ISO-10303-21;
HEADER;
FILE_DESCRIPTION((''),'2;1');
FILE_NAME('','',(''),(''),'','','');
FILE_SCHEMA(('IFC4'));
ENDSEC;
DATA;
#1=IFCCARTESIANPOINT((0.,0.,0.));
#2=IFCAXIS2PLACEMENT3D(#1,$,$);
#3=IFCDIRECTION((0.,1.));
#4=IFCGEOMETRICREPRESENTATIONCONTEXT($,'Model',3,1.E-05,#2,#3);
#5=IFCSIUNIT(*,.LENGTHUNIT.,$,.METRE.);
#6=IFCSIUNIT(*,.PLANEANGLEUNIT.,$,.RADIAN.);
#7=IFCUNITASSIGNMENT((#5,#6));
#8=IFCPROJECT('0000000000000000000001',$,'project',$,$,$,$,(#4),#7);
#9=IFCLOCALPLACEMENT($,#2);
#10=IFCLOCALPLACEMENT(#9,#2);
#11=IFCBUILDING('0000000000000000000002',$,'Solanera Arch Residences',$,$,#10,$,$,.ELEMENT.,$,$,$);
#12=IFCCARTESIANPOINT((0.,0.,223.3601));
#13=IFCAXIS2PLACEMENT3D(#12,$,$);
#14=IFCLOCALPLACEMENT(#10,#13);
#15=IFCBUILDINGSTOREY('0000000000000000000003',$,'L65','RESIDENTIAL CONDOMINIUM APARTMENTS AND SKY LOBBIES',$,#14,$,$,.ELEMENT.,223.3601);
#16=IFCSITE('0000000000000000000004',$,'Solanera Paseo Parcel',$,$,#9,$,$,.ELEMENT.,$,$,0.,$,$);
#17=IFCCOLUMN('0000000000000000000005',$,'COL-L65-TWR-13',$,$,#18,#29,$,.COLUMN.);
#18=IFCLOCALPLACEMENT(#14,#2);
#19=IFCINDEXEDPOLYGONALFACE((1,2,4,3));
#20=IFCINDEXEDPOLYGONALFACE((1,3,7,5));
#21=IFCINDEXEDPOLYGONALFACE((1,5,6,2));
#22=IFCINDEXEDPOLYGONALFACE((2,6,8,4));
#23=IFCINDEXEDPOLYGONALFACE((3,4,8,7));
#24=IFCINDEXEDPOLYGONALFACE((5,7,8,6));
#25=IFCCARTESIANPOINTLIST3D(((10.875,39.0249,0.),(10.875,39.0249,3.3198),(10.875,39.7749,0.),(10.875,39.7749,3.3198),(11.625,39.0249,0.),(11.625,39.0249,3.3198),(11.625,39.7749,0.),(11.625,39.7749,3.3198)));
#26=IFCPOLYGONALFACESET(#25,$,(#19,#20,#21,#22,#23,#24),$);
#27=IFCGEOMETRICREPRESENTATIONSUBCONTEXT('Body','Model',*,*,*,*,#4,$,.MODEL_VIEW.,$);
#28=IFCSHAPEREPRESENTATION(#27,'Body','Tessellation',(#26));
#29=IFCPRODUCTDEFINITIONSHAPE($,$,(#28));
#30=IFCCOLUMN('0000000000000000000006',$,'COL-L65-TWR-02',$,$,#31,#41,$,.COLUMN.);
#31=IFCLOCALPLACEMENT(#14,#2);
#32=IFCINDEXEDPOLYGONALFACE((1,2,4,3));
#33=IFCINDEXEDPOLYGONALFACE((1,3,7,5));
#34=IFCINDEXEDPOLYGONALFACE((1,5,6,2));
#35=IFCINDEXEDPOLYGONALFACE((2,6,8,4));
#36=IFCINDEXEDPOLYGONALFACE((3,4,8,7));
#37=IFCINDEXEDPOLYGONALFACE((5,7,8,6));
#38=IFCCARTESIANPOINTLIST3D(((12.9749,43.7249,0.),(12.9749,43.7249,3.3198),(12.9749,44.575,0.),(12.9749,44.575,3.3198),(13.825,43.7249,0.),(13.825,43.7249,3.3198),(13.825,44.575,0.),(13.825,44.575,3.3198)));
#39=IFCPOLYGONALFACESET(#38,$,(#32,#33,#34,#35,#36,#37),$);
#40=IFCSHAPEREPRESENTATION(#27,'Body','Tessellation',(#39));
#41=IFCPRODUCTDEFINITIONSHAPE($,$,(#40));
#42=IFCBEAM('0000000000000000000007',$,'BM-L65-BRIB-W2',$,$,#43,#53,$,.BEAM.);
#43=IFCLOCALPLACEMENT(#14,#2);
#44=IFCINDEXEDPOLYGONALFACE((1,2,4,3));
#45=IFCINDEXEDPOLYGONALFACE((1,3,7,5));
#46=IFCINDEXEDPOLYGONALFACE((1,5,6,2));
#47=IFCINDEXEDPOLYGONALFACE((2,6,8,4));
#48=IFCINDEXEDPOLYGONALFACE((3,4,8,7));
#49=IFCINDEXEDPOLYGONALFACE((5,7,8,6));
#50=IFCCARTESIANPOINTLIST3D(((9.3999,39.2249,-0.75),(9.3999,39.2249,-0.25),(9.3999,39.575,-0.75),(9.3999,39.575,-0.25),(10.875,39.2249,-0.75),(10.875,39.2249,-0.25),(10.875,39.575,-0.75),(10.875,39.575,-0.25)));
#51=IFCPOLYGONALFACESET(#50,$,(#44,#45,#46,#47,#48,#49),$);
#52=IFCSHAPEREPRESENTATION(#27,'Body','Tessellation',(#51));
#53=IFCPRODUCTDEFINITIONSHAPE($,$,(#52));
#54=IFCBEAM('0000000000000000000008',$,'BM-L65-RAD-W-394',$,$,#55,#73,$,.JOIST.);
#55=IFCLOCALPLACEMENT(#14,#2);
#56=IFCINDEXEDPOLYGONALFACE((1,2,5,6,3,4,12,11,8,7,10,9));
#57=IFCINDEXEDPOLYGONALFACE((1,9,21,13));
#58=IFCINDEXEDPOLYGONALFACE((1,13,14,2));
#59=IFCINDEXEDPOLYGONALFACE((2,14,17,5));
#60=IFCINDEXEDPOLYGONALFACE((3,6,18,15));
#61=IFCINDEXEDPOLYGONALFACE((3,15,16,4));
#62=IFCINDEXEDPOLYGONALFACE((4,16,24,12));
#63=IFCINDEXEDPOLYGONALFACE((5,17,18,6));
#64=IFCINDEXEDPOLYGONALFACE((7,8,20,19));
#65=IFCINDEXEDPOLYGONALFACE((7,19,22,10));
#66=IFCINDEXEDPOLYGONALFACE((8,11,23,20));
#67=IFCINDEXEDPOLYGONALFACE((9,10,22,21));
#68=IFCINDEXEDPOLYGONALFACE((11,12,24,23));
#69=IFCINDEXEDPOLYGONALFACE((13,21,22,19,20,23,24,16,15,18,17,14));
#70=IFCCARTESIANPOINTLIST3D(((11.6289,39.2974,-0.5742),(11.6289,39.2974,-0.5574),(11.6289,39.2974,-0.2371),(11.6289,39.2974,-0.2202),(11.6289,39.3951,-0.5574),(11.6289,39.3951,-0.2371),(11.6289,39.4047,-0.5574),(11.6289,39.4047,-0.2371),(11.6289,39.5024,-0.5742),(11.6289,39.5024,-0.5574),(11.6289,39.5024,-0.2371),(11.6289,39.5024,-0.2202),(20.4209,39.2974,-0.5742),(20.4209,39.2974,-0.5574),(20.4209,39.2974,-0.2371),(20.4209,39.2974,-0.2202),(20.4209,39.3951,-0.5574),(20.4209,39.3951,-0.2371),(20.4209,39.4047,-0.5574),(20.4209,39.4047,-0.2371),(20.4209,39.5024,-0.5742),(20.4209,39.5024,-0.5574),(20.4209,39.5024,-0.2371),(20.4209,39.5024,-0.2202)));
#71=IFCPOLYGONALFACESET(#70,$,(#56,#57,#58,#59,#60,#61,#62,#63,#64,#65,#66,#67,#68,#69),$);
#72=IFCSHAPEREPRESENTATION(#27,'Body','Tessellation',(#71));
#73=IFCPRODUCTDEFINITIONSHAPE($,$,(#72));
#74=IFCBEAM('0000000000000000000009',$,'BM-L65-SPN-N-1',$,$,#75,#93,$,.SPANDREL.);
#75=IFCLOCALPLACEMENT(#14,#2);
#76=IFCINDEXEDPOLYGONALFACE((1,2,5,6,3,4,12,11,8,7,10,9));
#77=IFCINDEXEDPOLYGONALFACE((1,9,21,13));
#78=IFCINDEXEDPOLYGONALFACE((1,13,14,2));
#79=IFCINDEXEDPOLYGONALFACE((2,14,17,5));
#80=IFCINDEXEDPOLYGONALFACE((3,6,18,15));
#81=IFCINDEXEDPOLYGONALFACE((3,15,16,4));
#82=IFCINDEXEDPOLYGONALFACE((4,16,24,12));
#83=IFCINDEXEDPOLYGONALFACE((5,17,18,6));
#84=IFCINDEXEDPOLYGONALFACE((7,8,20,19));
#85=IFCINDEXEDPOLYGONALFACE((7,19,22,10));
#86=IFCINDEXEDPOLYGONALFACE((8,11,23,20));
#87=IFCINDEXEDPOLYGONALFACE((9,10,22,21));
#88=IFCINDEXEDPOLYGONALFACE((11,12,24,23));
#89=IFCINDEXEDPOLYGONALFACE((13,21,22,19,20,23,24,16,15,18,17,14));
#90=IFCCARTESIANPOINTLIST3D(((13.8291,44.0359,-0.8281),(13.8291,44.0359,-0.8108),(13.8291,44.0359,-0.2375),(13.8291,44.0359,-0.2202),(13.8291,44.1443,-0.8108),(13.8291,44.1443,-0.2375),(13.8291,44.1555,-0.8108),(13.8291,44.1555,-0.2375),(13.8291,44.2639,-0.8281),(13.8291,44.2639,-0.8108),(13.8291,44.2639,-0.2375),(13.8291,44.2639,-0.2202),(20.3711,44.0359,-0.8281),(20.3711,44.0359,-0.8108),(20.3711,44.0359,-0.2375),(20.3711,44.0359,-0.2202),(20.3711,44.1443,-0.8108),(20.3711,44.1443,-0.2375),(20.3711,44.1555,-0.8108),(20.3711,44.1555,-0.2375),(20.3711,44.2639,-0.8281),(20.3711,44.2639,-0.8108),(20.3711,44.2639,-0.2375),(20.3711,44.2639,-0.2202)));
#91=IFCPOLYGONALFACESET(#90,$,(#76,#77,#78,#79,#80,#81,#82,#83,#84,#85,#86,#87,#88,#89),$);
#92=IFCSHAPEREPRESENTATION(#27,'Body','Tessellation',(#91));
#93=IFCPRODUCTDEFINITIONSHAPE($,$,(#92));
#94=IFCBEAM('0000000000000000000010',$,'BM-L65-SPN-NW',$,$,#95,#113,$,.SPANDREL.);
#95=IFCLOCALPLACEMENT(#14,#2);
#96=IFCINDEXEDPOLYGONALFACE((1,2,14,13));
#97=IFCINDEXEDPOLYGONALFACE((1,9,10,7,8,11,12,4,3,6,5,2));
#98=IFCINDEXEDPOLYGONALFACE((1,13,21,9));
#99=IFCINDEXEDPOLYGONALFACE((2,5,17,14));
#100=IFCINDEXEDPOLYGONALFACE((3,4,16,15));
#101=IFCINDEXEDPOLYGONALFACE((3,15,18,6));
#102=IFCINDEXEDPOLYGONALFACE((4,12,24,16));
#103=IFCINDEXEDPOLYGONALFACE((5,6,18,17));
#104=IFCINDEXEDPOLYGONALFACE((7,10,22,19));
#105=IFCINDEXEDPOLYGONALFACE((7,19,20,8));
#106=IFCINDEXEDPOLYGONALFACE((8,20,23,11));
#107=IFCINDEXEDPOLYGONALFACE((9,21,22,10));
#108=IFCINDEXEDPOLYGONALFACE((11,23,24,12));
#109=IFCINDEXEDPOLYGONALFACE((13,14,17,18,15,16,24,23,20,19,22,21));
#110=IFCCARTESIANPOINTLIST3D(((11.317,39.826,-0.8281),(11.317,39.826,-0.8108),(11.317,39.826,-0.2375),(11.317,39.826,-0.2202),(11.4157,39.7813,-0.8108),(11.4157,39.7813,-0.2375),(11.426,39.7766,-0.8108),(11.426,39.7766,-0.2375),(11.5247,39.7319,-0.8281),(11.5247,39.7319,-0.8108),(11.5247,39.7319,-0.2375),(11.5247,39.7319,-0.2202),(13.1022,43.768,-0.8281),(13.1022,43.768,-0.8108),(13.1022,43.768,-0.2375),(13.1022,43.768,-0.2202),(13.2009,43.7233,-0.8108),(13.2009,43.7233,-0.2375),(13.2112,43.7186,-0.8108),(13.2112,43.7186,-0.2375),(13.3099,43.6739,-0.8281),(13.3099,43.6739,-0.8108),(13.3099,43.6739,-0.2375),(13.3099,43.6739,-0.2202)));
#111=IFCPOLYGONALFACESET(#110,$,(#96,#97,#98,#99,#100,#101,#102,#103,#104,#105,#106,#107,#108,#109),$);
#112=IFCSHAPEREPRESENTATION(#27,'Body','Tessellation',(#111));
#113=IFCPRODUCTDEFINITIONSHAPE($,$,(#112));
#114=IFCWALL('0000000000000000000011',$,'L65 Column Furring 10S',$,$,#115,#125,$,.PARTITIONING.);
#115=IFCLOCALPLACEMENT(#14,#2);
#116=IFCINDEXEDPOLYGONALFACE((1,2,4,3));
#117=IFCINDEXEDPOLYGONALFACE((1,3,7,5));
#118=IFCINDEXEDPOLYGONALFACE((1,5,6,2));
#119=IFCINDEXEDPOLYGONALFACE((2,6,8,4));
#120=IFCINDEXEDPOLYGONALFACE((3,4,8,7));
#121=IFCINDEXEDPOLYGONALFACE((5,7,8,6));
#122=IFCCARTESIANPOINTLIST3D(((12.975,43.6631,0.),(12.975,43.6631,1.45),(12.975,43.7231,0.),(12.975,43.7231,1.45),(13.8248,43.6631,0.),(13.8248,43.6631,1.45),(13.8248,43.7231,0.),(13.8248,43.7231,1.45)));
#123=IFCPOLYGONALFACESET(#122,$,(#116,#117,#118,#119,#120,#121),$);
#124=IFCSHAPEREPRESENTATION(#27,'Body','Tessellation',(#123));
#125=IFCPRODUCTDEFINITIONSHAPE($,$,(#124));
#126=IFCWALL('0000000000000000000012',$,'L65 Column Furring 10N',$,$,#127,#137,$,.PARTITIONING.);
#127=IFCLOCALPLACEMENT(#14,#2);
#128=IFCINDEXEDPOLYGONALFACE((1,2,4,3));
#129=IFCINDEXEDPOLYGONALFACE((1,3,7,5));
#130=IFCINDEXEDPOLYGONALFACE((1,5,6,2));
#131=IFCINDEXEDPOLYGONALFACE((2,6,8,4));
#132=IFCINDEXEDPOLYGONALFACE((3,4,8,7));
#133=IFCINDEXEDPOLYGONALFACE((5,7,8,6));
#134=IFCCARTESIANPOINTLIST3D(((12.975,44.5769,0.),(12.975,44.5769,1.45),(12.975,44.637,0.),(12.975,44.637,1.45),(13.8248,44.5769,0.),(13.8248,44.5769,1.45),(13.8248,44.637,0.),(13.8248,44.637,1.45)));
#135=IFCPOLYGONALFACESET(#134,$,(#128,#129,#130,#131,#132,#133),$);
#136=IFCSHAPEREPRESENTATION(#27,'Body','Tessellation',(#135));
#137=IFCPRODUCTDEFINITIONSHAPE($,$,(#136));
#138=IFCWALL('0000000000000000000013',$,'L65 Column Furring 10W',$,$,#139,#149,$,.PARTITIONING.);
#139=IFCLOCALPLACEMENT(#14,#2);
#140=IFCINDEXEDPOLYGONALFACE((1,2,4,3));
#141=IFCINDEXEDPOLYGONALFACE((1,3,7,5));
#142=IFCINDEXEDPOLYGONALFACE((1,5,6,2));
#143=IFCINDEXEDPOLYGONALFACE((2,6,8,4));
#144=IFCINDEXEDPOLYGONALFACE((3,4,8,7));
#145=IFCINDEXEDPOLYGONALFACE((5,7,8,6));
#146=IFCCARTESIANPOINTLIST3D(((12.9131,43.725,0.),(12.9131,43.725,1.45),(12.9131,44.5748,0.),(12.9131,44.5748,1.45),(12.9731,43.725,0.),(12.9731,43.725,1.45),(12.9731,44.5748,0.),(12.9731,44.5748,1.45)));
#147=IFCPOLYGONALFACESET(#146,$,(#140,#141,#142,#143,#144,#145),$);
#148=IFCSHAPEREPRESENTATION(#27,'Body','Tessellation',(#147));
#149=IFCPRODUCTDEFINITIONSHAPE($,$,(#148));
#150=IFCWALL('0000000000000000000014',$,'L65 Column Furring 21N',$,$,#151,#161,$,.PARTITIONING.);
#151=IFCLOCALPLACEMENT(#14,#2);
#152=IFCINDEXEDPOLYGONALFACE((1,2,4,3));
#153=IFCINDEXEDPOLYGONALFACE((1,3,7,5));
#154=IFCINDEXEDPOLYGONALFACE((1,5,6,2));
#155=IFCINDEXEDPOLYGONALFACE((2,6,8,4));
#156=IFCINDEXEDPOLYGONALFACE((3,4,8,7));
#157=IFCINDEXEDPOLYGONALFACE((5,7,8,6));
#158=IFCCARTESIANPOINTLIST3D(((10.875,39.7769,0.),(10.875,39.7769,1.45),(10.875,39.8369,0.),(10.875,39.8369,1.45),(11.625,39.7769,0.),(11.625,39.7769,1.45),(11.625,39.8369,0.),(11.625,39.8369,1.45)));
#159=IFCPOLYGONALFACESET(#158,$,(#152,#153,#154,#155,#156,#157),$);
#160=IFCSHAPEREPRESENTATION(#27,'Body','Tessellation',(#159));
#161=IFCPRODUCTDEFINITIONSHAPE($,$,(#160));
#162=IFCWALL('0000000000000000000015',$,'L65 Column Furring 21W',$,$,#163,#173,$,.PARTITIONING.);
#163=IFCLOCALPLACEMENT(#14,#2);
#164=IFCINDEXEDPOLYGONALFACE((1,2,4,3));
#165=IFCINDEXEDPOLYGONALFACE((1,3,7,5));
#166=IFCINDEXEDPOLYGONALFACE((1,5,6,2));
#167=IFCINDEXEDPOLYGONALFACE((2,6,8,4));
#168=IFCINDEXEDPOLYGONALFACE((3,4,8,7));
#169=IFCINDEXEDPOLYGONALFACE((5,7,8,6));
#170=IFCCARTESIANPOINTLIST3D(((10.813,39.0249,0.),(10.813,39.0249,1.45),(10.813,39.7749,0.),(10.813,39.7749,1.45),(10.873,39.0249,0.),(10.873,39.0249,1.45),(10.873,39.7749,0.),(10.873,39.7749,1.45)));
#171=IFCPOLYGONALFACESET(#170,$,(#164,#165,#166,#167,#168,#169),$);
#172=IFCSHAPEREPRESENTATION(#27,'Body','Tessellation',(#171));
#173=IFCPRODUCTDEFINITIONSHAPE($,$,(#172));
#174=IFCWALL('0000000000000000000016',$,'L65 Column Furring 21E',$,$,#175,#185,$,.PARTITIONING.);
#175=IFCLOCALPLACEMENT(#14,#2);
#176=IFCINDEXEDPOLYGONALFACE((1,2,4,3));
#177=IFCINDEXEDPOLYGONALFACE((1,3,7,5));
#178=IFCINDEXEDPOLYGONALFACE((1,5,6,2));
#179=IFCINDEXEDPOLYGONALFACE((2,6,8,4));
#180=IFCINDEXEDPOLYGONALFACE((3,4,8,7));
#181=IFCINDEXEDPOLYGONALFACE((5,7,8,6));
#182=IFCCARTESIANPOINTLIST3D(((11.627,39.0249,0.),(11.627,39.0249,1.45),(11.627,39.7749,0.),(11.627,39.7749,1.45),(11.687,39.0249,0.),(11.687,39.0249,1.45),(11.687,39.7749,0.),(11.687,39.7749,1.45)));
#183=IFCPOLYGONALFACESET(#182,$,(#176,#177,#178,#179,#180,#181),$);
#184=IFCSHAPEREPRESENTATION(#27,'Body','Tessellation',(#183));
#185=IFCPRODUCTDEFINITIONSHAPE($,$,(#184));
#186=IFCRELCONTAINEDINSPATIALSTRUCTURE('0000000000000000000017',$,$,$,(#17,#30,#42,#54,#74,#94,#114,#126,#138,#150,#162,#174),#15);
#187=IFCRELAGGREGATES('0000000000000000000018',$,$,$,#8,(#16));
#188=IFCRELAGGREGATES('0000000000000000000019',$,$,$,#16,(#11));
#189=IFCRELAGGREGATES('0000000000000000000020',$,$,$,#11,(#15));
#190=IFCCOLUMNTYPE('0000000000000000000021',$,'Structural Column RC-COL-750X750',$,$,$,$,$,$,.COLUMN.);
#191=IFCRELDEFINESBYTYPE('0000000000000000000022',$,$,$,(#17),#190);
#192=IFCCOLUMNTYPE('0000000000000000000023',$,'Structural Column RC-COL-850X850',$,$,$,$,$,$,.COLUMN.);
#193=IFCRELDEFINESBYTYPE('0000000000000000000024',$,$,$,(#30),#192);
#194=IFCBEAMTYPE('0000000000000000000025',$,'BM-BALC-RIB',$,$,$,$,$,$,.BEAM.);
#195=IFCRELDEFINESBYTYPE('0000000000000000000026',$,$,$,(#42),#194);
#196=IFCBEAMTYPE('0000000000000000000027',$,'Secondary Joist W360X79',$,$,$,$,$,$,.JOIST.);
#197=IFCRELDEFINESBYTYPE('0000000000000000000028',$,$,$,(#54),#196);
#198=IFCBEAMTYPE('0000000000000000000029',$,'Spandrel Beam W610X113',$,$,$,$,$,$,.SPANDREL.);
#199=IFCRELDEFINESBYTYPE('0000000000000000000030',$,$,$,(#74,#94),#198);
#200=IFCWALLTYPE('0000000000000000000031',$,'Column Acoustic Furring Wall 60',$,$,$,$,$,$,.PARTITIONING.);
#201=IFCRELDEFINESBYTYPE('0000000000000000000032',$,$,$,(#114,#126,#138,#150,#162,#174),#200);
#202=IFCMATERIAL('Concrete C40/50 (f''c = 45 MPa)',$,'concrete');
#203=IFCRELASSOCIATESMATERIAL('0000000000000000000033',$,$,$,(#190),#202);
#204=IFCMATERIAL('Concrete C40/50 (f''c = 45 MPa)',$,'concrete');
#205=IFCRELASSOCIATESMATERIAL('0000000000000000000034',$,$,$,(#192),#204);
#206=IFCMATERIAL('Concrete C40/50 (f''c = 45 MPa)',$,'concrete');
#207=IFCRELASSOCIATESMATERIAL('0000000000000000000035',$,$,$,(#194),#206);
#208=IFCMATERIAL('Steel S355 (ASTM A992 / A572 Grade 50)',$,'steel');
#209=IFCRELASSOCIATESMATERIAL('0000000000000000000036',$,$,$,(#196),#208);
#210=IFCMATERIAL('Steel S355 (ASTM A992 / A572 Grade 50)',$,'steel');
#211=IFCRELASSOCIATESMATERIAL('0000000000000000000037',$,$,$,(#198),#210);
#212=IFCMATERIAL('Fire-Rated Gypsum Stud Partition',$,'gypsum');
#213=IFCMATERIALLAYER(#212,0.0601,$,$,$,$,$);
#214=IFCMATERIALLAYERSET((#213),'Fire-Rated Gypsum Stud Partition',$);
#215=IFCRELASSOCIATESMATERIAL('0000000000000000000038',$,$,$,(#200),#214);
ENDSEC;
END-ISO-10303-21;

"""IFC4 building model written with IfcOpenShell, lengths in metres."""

from ifc_helpers import new_model, si_unit, direction, frame, frame_2d, origin, origin_2d, place, context, subcontext, project, spatial, rectangle, i_section, extrude, material, layer, layer_set, material_profile, profile_set, type_object, element, save


model = new_model("IFC4")

# Units and contexts
model_context = context("Model", 3, precision=1e-05, world=origin(), true_north=direction((0.0, 1.0)))
body_context = subcontext(model_context, "Body", "Model", "MODEL_VIEW")
ifc_project = project(units=[si_unit("LENGTHUNIT", "METRE"), si_unit("PLANEANGLEUNIT", "RADIAN")], contexts=[model_context])

# Site, building, storey
site_placement = place(None, origin())
site = spatial("IfcSite", under=ifc_project, at=site_placement, Name="Solanera Paseo Parcel", CompositionType="ELEMENT", RefElevation=0.0)
building_placement = place(site_placement, origin())
building = spatial("IfcBuilding", under=site, at=building_placement, Name="Solanera Arch Residences", CompositionType="ELEMENT")
storey_placement = place(building_placement, frame((0.0, 0.0, 223.3601)))
storey = spatial("IfcBuildingStorey", under=building, at=storey_placement, Name="L65", Description="RESIDENTIAL CONDOMINIUM APARTMENTS AND SKY LOBBIES", CompositionType="ELEMENT", Elevation=223.3601)

# Columns
ifc_material_1 = material(Name="Concrete C40/50 (f'c = 45 MPa)", Category="concrete")
ifc_material_profile_1 = material_profile(ifc_material_1, rectangle(XDim=0.75, YDim=0.75, at=origin_2d()))
ifc_profile_set_1 = profile_set([ifc_material_profile_1], Name="Concrete C40/50 (f'c = 45 MPa)")
column_type_1 = type_object("IfcColumnType", Name="Structural Column RC-COL-750X750", PredefinedType="COLUMN", material=ifc_profile_set_1)
column_1_placement = place(storey_placement, frame((11.25, 39.3999, 0.0), z_axis=(0.0, 0.0, 1.0), x_axis=(1.0, 0.0, 0.0)))
element("IfcColumn", 1, at=column_1_placement, inside=storey, type_object=column_type_1, Name="COL-L65-TWR-13", PredefinedType="COLUMN", context=body_context, shape_type="SweptSolid", body=[
    extrude(rectangle(XDim=0.75, YDim=0.75, at=origin_2d()), origin(), (0.0, 0.0, 1.0), 3.3198),
])
ifc_material_2 = material(Name="Concrete C40/50 (f'c = 45 MPa)", Category="concrete")
ifc_material_profile_2 = material_profile(ifc_material_2, rectangle(XDim=0.8501, YDim=0.8501, at=origin_2d()))
ifc_profile_set_2 = profile_set([ifc_material_profile_2], Name="Concrete C40/50 (f'c = 45 MPa)")
column_type_2 = type_object("IfcColumnType", Name="Structural Column RC-COL-850X850", PredefinedType="COLUMN", material=ifc_profile_set_2)
column_2_placement = place(storey_placement, frame((13.3999, 44.1499, 0.0), z_axis=(0.0, 0.0, 1.0), x_axis=(1.0, 0.0, 0.0)))
element("IfcColumn", 2, at=column_2_placement, inside=storey, type_object=column_type_2, Name="COL-L65-TWR-02", PredefinedType="COLUMN", context=body_context, shape_type="SweptSolid", body=[
    extrude(rectangle(XDim=0.8501, YDim=0.8501, at=origin_2d()), origin(), (0.0, 0.0, 1.0), 3.3198),
])

# Beams
ifc_material_3 = material(Name="Concrete C40/50 (f'c = 45 MPa)", Category="concrete")
ifc_material_profile_3 = material_profile(ifc_material_3, rectangle(XDim=0.3501, YDim=0.5, at=origin_2d()))
ifc_profile_set_3 = profile_set([ifc_material_profile_3], Name="Concrete C40/50 (f'c = 45 MPa)")
beam_type_1 = type_object("IfcBeamType", Name="BM-BALC-RIB", PredefinedType="BEAM", material=ifc_profile_set_3)
beam_1_placement = place(storey_placement, frame((9.3999, 39.3999, -0.5), z_axis=(1.0, 0.0, 0.0), x_axis=(0.0, 1.0, 0.0)))
element("IfcBeam", 3, at=beam_1_placement, inside=storey, type_object=beam_type_1, Name="BM-L65-BRIB-W2", PredefinedType="BEAM", context=body_context, shape_type="SweptSolid", body=[
    extrude(rectangle(XDim=0.3501, YDim=0.5, at=origin_2d()), origin(), (0.0, 0.0, 1.0), 1.4751),
])
ifc_material_4 = material(Name="Steel S355 (ASTM A992 / A572 Grade 50)", Category="steel")
ifc_material_profile_4 = material_profile(ifc_material_4, i_section(OverallWidth=0.2051, OverallDepth=0.354, WebThickness=0.0095, FlangeThickness=0.0168, at=origin_2d()))
ifc_profile_set_4 = profile_set([ifc_material_profile_4], Name="Steel S355 (ASTM A992 / A572 Grade 50)")
beam_type_2 = type_object("IfcBeamType", Name="Secondary Joist W360X79", PredefinedType="JOIST", material=ifc_profile_set_4)
beam_2_placement = place(storey_placement, frame((11.6289, 39.3999, -0.3972), z_axis=(1.0, 0.0, 0.0), x_axis=(0.0, 1.0, 0.0)))
element("IfcBeam", 4, at=beam_2_placement, inside=storey, type_object=beam_type_2, Name="BM-L65-RAD-W-394", PredefinedType="JOIST", context=body_context, shape_type="SweptSolid", body=[
    extrude(i_section(OverallWidth=0.2051, OverallDepth=0.354, WebThickness=0.0095, FlangeThickness=0.0168, at=origin_2d()), origin(), (0.0, 0.0, 1.0), 8.792),
])
ifc_material_5 = material(Name="Steel S355 (ASTM A992 / A572 Grade 50)", Category="steel")
ifc_material_profile_5 = material_profile(ifc_material_5, i_section(OverallWidth=0.228, OverallDepth=0.6079, WebThickness=0.0112, FlangeThickness=0.0173, at=origin_2d()))
ifc_profile_set_5 = profile_set([ifc_material_profile_5], Name="Steel S355 (ASTM A992 / A572 Grade 50)")
beam_type_3 = type_object("IfcBeamType", Name="Spandrel Beam W610X113", PredefinedType="SPANDREL", material=ifc_profile_set_5)
beam_3_placement = place(storey_placement, frame((13.8291, 44.1499, -0.5242), z_axis=(1.0, 0.0, 0.0), x_axis=(0.0, 1.0, 0.0)))
element("IfcBeam", 5, at=beam_3_placement, inside=storey, type_object=beam_type_3, Name="BM-L65-SPN-N-1", PredefinedType="SPANDREL", context=body_context, shape_type="SweptSolid", body=[
    extrude(i_section(OverallWidth=0.228, OverallDepth=0.6079, WebThickness=0.0112, FlangeThickness=0.0173, at=origin_2d()), origin(), (0.0, 0.0, 1.0), 6.542),
])
beam_4_placement = place(storey_placement, frame((13.2061, 43.7209, -0.5242), z_axis=(-0.412536, -0.910941, 0.0), x_axis=(0.910941, -0.412536, 0.0)))
element("IfcBeam", 6, at=beam_4_placement, inside=storey, type_object=beam_type_3, Name="BM-L65-SPN-NW", PredefinedType="SPANDREL", context=body_context, shape_type="SweptSolid", body=[
    extrude(i_section(OverallWidth=0.228, OverallDepth=0.6079, WebThickness=0.0112, FlangeThickness=0.0173, at=origin_2d()), origin(), (0.0, 0.0, 1.0), 4.3274),
])

# Walls
ifc_material_6 = material(Name="Fire-Rated Gypsum Stud Partition", Category="gypsum")
ifc_layer_1 = layer(ifc_material_6, 0.0601)
ifc_layer_set_1 = layer_set([ifc_layer_1], Name="Fire-Rated Gypsum Stud Partition")
wall_type_1 = type_object("IfcWallType", Name="Column Acoustic Furring Wall 60", PredefinedType="PARTITIONING", material=ifc_layer_set_1)
for number, where, z_axis, x_axis, name in (
    (7, (12.9751, 43.6931, 0.0), (0.0, 0.0, 1.0), (1.0, 0.0, 0.0), "L65 Column Furring 10S"),
    (8, (12.9751, 44.6069, 0.0), (0.0, 0.0, 1.0), (1.0, 0.0, 0.0), "L65 Column Furring 10N"),
    (9, (12.9431, 43.7251, 0.0), (0.0, 0.0, 1.0), (0.0, 1.0, 0.0), "L65 Column Furring 10W"),
):
    element("IfcWall", number, at=place(storey_placement, frame(where, z_axis=z_axis, x_axis=x_axis)), inside=storey, type_object=wall_type_1, Name=name, PredefinedType="PARTITIONING", context=body_context, shape_type="SweptSolid", body=[
        extrude(rectangle(XDim=0.8499, YDim=0.0601, at=frame_2d((0.4248, 0.0))), origin(), (0.0, 0.0, 1.0), 1.45),
    ])
for number, where, z_axis, x_axis, name in (
    (10, (10.875, 39.8069, 0.0), (0.0, 0.0, 1.0), (1.0, 0.0, 0.0), "L65 Column Furring 21N"),
    (11, (10.843, 39.0249, 0.0), (0.0, 0.0, 1.0), (0.0, 1.0, 0.0), "L65 Column Furring 21W"),
    (12, (11.657, 39.0249, 0.0), (0.0, 0.0, 1.0), (0.0, 1.0, 0.0), "L65 Column Furring 21E"),
):
    element("IfcWall", number, at=place(storey_placement, frame(where, z_axis=z_axis, x_axis=x_axis)), inside=storey, type_object=wall_type_1, Name=name, PredefinedType="PARTITIONING", context=body_context, shape_type="SweptSolid", body=[
        extrude(rectangle(XDim=0.75, YDim=0.0601, at=frame_2d((0.375, 0.0))), origin(), (0.0, 0.0, 1.0), 1.45),
    ])

save(model, "model.ifc")
